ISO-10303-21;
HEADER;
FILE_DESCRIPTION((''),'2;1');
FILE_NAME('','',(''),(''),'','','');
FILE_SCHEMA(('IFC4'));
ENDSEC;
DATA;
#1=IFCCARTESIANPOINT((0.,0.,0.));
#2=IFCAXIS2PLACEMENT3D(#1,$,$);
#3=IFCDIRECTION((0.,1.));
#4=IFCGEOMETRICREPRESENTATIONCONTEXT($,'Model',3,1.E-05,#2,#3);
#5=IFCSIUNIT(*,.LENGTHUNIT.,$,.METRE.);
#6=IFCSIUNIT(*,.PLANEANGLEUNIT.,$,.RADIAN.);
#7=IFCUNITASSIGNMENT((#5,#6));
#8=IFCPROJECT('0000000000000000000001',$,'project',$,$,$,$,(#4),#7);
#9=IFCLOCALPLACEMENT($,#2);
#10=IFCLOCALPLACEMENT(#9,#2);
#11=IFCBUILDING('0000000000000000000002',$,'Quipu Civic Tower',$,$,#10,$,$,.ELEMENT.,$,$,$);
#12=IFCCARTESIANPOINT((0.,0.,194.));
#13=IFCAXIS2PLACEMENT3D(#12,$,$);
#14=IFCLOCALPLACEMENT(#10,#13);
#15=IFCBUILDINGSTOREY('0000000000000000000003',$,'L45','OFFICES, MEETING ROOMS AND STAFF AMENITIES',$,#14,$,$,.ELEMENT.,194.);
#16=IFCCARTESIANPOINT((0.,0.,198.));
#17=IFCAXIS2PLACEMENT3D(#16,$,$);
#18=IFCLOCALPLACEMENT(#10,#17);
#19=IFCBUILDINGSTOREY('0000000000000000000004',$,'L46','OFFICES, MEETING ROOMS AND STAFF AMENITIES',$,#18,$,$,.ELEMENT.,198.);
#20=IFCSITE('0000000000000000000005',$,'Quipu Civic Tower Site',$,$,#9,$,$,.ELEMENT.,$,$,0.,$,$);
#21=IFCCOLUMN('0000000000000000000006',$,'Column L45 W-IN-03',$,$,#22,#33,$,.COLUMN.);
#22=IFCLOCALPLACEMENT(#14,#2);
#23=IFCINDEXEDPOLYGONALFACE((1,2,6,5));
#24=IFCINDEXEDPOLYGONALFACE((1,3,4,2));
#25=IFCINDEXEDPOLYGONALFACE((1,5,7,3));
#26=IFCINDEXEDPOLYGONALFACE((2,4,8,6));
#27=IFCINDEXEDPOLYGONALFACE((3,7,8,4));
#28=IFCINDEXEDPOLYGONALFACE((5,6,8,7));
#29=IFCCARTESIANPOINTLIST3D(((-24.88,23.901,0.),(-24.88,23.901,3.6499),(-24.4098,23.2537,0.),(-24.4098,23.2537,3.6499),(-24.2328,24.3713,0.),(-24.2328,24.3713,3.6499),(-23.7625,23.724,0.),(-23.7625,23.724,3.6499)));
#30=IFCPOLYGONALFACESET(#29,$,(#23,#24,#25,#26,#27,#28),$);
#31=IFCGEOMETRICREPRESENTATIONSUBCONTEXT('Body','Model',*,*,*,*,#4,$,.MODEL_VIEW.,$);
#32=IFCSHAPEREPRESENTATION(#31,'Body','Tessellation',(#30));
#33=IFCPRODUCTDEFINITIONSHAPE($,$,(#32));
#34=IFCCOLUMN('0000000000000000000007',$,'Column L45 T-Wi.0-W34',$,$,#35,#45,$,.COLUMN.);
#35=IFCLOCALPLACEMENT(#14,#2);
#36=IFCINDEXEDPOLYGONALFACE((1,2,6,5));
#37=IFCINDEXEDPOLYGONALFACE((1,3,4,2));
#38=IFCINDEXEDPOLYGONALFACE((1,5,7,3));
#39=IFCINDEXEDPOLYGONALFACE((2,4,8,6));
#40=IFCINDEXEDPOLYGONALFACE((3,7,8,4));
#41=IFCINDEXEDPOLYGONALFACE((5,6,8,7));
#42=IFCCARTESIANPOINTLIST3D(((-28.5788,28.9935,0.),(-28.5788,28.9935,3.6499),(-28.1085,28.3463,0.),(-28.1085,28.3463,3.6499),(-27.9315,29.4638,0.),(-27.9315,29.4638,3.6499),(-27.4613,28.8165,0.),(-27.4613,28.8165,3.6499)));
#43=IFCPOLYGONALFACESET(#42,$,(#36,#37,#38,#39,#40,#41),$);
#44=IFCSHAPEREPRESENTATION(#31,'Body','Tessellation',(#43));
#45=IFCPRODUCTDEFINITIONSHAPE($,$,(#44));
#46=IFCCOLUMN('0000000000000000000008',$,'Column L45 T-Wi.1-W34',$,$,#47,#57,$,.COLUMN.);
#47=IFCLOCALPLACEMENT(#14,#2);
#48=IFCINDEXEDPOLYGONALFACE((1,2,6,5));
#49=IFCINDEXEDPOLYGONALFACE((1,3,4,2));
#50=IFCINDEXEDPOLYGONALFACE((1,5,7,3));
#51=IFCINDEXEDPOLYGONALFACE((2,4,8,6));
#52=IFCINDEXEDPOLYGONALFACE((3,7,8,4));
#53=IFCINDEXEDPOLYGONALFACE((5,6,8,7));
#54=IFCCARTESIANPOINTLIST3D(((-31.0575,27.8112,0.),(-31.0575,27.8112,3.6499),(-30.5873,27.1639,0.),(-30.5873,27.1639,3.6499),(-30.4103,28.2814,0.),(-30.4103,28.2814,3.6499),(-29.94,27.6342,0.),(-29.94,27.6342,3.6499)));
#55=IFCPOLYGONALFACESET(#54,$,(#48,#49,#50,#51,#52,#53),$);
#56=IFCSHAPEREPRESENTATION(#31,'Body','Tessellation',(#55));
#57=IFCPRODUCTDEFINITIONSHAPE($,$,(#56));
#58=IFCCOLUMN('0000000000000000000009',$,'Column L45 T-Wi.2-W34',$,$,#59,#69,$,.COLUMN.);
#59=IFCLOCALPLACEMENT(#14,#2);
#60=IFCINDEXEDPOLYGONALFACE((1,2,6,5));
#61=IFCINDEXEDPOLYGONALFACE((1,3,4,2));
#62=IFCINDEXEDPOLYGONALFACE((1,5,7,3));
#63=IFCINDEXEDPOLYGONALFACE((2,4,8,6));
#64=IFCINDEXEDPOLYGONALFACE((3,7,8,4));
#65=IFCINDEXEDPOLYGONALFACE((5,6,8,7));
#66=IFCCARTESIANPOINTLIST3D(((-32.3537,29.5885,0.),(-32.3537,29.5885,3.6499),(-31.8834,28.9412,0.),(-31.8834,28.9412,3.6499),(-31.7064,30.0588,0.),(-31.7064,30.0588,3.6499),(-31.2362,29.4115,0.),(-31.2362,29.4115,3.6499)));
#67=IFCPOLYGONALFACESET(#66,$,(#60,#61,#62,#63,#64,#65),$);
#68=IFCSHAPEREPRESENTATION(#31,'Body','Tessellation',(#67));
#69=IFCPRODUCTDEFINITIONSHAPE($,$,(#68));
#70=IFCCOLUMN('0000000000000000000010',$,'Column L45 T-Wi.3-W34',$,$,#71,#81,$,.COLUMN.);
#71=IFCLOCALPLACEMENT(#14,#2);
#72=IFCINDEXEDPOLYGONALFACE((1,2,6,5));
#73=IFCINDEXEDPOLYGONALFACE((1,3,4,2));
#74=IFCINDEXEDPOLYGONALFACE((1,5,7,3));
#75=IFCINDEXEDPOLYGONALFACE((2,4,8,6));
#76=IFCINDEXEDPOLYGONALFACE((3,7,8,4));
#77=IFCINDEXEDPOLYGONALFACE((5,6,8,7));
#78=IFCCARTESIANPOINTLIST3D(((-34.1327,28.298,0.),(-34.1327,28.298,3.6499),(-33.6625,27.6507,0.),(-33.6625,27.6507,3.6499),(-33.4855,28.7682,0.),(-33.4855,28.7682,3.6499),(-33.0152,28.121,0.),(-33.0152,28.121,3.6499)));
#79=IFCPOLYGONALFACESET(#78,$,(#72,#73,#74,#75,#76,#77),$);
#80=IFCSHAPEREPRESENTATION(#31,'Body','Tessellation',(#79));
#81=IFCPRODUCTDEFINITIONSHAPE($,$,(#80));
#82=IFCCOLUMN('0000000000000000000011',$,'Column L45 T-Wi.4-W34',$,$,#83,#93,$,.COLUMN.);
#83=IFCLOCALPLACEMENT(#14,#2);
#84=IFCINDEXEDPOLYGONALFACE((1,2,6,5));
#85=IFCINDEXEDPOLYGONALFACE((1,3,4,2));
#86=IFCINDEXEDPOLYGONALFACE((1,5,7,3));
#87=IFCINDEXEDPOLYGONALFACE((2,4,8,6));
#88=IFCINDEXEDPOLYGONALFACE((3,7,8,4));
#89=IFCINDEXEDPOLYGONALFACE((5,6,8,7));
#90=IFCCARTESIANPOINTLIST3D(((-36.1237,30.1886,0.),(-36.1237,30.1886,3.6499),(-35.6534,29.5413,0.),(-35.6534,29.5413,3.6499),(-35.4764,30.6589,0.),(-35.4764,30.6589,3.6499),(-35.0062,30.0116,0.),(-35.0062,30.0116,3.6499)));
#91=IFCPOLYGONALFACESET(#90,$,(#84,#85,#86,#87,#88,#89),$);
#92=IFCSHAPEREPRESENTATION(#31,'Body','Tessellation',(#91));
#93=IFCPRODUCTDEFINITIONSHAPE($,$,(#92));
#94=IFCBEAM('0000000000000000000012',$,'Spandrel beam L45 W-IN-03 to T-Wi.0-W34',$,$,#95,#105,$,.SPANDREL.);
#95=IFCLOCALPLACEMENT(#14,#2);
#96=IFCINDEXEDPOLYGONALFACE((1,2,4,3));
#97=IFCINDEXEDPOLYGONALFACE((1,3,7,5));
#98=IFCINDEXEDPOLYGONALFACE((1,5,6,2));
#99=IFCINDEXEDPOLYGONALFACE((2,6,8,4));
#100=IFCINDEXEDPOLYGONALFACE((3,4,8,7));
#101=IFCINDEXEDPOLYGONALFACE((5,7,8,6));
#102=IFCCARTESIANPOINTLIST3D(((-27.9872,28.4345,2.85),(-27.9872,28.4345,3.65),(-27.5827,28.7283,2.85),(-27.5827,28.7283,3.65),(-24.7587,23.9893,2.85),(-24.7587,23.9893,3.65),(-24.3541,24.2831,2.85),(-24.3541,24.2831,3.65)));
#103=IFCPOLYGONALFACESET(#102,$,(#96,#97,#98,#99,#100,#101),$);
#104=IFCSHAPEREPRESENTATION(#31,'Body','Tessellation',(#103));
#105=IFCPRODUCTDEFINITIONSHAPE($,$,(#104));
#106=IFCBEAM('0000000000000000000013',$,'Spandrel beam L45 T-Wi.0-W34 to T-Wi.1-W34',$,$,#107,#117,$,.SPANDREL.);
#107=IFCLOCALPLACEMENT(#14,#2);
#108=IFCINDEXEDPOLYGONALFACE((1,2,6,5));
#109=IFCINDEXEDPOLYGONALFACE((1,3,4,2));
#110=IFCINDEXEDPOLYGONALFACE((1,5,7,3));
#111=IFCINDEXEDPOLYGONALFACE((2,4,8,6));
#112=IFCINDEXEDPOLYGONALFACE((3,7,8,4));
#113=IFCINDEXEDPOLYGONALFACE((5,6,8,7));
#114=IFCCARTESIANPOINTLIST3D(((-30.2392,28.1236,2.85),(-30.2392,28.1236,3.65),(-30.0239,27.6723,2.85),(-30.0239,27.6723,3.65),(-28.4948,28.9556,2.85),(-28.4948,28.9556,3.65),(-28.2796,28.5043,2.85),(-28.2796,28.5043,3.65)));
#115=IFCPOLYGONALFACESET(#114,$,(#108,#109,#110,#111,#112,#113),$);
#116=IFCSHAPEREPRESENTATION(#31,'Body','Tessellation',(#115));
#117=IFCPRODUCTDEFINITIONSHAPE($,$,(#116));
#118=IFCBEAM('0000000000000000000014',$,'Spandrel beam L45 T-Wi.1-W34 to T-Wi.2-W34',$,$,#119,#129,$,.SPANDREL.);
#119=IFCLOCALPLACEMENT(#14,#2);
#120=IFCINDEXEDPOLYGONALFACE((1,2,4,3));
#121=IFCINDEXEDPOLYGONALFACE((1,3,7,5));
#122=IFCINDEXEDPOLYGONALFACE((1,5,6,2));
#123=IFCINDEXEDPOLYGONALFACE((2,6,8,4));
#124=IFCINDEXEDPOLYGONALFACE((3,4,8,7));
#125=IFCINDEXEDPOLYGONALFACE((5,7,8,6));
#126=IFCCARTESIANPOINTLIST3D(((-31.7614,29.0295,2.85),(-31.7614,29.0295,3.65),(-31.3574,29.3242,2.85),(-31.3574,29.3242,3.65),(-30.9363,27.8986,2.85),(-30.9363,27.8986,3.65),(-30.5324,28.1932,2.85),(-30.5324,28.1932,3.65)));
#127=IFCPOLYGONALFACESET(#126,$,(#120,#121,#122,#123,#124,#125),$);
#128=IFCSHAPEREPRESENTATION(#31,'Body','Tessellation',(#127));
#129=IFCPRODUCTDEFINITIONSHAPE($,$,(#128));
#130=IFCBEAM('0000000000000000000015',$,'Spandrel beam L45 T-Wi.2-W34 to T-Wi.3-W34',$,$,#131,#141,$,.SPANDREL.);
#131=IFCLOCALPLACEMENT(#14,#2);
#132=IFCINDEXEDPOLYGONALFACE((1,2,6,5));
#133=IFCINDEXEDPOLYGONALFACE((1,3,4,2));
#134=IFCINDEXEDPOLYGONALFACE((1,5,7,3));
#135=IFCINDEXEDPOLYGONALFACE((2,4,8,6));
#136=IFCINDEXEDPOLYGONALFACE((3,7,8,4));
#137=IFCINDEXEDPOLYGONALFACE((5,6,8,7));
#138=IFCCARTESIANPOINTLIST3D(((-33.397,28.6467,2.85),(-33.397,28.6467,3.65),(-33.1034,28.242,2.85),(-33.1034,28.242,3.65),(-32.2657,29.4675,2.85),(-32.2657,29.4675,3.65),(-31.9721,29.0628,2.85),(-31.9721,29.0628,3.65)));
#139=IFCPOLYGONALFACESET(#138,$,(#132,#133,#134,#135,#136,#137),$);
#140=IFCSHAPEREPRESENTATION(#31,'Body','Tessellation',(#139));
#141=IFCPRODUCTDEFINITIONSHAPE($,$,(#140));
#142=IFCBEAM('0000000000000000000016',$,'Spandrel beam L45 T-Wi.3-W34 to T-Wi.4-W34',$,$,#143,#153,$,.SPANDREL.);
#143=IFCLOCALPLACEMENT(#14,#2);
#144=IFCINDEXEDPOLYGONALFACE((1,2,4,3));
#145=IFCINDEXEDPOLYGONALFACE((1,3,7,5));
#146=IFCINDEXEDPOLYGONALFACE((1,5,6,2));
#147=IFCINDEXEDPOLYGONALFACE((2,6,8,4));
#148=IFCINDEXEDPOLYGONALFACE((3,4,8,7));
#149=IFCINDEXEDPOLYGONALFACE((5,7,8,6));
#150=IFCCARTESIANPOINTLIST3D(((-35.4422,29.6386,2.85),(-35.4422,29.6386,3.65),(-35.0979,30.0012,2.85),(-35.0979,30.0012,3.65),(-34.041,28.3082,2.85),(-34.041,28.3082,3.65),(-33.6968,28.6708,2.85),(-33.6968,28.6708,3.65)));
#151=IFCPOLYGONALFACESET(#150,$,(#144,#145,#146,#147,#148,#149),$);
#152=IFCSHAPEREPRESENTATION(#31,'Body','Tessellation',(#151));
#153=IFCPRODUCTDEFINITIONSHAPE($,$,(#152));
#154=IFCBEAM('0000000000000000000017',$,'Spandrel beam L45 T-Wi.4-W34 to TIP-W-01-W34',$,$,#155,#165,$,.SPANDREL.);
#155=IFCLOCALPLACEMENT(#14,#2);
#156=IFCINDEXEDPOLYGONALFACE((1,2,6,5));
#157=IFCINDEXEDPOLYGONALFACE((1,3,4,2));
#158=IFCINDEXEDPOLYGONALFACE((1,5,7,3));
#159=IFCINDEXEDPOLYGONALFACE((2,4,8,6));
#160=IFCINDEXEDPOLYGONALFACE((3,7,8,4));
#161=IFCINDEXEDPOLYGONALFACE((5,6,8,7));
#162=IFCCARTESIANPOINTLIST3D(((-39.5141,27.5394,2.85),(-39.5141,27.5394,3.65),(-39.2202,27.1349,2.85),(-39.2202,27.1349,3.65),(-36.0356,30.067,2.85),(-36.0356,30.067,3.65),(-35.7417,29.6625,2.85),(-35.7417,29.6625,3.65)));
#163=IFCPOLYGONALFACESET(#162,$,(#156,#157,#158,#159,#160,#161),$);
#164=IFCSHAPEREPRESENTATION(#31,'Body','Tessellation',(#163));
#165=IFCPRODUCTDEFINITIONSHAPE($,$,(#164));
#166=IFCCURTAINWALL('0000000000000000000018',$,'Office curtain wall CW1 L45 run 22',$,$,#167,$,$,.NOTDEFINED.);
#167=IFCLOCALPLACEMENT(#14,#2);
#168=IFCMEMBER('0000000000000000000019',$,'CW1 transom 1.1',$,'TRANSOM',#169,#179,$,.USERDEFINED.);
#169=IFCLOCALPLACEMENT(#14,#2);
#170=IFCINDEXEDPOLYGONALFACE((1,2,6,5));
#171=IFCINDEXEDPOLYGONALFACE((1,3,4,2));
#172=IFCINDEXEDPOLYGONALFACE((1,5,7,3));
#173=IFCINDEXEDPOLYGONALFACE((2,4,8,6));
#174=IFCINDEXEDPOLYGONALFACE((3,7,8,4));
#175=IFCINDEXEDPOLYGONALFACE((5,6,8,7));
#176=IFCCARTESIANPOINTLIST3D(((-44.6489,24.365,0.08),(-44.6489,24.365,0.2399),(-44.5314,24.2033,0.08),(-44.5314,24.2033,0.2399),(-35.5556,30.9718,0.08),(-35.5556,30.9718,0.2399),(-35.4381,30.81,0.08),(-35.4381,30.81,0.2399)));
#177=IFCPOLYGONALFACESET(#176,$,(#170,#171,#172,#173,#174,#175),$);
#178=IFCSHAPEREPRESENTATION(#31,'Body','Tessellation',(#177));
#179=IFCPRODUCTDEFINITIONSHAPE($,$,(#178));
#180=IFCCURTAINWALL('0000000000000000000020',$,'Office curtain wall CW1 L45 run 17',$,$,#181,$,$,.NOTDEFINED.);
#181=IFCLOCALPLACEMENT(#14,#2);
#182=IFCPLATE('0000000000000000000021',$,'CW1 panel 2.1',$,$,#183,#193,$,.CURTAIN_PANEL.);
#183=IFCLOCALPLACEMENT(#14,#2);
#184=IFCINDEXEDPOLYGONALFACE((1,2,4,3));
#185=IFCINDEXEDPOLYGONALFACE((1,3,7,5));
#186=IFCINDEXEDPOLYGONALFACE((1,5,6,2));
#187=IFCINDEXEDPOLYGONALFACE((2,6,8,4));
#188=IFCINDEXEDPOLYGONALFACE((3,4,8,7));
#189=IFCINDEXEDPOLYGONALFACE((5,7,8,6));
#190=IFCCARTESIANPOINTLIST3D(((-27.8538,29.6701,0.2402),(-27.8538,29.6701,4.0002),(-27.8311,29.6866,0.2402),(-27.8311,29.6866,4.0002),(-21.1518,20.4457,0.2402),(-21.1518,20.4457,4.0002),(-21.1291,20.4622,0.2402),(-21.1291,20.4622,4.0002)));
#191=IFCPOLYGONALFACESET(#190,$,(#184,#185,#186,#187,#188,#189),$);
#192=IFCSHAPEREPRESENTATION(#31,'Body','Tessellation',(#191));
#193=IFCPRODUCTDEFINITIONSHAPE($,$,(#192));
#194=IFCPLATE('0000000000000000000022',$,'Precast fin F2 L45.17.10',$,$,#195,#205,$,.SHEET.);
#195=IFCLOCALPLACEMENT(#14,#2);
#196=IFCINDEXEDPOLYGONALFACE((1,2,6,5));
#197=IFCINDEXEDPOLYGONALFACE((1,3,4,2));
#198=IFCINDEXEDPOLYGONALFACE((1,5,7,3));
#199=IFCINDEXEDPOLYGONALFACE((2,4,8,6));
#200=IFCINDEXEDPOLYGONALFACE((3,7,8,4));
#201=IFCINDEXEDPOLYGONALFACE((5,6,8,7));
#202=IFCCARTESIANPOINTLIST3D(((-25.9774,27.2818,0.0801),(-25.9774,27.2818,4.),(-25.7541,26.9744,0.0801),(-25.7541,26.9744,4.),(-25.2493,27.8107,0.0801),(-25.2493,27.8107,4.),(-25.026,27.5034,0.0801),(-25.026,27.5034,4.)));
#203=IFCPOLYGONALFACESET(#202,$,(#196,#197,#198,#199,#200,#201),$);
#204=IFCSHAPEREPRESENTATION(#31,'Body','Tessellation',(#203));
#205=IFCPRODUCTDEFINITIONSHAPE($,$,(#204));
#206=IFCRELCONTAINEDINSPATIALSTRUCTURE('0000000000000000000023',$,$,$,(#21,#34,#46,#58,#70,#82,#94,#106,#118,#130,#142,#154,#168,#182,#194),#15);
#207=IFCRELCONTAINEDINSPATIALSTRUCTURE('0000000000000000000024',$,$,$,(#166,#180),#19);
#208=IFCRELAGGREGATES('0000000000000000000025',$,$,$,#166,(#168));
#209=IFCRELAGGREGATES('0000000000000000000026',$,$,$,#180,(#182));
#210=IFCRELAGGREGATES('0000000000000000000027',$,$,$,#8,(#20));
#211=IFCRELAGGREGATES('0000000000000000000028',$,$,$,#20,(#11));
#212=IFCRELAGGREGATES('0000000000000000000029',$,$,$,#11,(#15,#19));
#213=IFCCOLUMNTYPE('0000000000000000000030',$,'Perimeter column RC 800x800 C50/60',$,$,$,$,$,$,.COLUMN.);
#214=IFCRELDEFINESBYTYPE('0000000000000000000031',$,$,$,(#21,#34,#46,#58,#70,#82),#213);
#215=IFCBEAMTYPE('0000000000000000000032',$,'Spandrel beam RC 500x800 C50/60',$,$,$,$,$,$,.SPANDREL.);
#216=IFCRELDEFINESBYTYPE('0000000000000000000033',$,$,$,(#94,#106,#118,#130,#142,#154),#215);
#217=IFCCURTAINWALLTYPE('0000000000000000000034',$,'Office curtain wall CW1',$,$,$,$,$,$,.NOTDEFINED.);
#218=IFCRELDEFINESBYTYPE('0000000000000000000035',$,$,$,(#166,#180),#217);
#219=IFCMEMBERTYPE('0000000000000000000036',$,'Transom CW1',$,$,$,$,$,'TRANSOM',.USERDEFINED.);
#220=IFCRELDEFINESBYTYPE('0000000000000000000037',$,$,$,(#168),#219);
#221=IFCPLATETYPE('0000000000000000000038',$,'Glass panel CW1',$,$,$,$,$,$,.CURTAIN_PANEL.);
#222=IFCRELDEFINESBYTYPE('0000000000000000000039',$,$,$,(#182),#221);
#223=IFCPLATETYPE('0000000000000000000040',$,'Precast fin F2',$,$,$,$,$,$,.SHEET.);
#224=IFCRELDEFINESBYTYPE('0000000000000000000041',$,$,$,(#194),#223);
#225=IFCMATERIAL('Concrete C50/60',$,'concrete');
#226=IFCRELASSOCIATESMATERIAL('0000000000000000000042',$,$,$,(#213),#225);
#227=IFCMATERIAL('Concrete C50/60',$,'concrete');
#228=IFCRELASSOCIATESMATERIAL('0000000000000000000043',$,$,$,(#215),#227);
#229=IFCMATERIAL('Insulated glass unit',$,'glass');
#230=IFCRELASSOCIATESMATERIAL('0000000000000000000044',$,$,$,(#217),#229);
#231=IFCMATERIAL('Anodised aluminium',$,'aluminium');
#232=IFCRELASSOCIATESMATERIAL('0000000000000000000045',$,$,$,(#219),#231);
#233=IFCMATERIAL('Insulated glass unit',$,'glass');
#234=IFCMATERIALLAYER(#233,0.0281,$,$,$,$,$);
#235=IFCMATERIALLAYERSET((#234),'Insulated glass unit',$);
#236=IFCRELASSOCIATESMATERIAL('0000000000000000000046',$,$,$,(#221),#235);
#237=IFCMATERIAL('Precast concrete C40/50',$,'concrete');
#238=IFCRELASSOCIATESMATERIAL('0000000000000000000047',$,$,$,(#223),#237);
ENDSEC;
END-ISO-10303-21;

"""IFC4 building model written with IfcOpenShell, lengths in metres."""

from ifc_helpers import new_model, si_unit, direction, frame, origin, origin_2d, place, context, subcontext, project, spatial, rectangle, extrude, material, layer, layer_set, material_profile, profile_set, type_object, element, aggregate, save


model = new_model("IFC4")

# Units and contexts
model_context = context("Model", 3, precision=1e-05, world=origin(), true_north=direction((0.0, 1.0)))
body_context = subcontext(model_context, "Body", "Model", "MODEL_VIEW")
ifc_project = project(units=[si_unit("LENGTHUNIT", "METRE"), si_unit("PLANEANGLEUNIT", "RADIAN")], contexts=[model_context])

# Site, building, storey
site_placement = place(None, origin())
site = spatial("IfcSite", under=ifc_project, at=site_placement, Name="Quipu Civic Tower Site", CompositionType="ELEMENT", RefElevation=0.0)
building_placement = place(site_placement, origin())
building = spatial("IfcBuilding", under=site, at=building_placement, Name="Quipu Civic Tower", CompositionType="ELEMENT")
storey_1_placement = place(building_placement, frame((0.0, 0.0, 194.0)))
storey_1 = spatial("IfcBuildingStorey", under=building, at=storey_1_placement, Name="L45", Description="OFFICES, MEETING ROOMS AND STAFF AMENITIES", CompositionType="ELEMENT", Elevation=194.0)

# Columns
ifc_material_1 = material(Name="Concrete C50/60", Category="concrete")
ifc_material_profile_1 = material_profile(ifc_material_1, rectangle(XDim=0.8, YDim=0.8, at=origin_2d()), Name="RC800x800")
ifc_profile_set_1 = profile_set([ifc_material_profile_1], Name="Concrete C50/60")
column_type = type_object("IfcColumnType", Name="Perimeter column RC 800x800 C50/60", PredefinedType="COLUMN", material=ifc_profile_set_1)
for number, where, z_axis, x_axis, name in (
    (1, (-24.3213, 23.8125, 0.0), (0.0, 0.0, 1.0), (-0.587785, 0.809017, 0.0), "Column L45 W-IN-03"),
    (2, (-28.02, 28.905, 0.0), (0.0, 0.0, 1.0), (-0.809017, -0.587785, 0.0), "Column L45 T-Wi.0-W34"),
    (3, (-30.4988, 27.7227, 0.0), (0.0, 0.0, 1.0), (-0.809017, -0.587785, 0.0), "Column L45 T-Wi.1-W34"),
    (4, (-31.7949, 29.5, 0.0), (0.0, 0.0, 1.0), (-0.587785, 0.809017, 0.0), "Column L45 T-Wi.2-W34"),
    (5, (-33.574, 28.2095, 0.0), (0.0, 0.0, 1.0), (-0.587785, 0.809017, 0.0), "Column L45 T-Wi.3-W34"),
    (6, (-35.5649, 30.1001, 0.0), (0.0, 0.0, 1.0), (-0.809017, -0.587785, 0.0), "Column L45 T-Wi.4-W34"),
):
    element("IfcColumn", number, at=place(storey_1_placement, frame(where, z_axis=z_axis, x_axis=x_axis)), inside=storey_1, type_object=column_type, Name=name, PredefinedType="COLUMN", context=body_context, shape_type="SweptSolid", body=[
        extrude(rectangle(XDim=0.8, YDim=0.8, at=origin_2d()), origin(), (0.0, 0.0, 1.0), 3.6499),
    ])

# Beams
ifc_material_2 = material(Name="Concrete C50/60", Category="concrete")
ifc_material_profile_2 = material_profile(ifc_material_2, rectangle(XDim=0.5, YDim=0.8, at=origin_2d()), Name="RC500x800")
ifc_profile_set_2 = profile_set([ifc_material_profile_2], Name="Concrete C50/60")
beam_type = type_object("IfcBeamType", Name="Spandrel beam RC 500x800 C50/60", PredefinedType="SPANDREL", material=ifc_profile_set_2)
beam_1_placement = place(storey_1_placement, frame((-24.5564, 24.1362, 3.25), z_axis=(-0.587664, 0.809105, 0.0), x_axis=(-0.809105, -0.587664, 0.0)))
element("IfcBeam", 7, at=beam_1_placement, inside=storey_1, type_object=beam_type, Name="Spandrel beam L45 W-IN-03 to T-Wi.0-W34", PredefinedType="SPANDREL", context=body_context, shape_type="SweptSolid", body=[
    extrude(rectangle(XDim=0.5, YDim=0.8, at=origin_2d()), origin(), (0.0, 0.0, 1.0), 5.4939),
])
beam_2_placement = place(storey_1_placement, frame((-28.3872, 28.73, 3.25), z_axis=(-0.902585, -0.430512, 0.0), x_axis=(0.430512, -0.902585, 0.0)))
element("IfcBeam", 8, at=beam_2_placement, inside=storey_1, type_object=beam_type, Name="Spandrel beam L45 T-Wi.0-W34 to T-Wi.1-W34", PredefinedType="SPANDREL", context=body_context, shape_type="SweptSolid", body=[
    extrude(rectangle(XDim=0.5, YDim=0.8, at=origin_2d()), origin(), (0.0, 0.0, 1.0), 1.9326),
])
beam_3_placement = place(storey_1_placement, frame((-30.7344, 28.0459, 3.25), z_axis=(-0.589343, 0.807883, 0.0), x_axis=(-0.807883, -0.589343, 0.0)))
element("IfcBeam", 9, at=beam_3_placement, inside=storey_1, type_object=beam_type, Name="Spandrel beam L45 T-Wi.1-W34 to T-Wi.2-W34", PredefinedType="SPANDREL", context=body_context, shape_type="SweptSolid", body=[
    extrude(rectangle(XDim=0.5, YDim=0.8, at=origin_2d()), origin(), (0.0, 0.0, 1.0), 1.3999),
])
beam_4_placement = place(storey_1_placement, frame((-32.1189, 29.2651, 3.25), z_axis=(-0.809415, -0.587237, 0.0), x_axis=(0.587237, -0.809415, 0.0)))
element("IfcBeam", 10, at=beam_4_placement, inside=storey_1, type_object=beam_type, Name="Spandrel beam L45 T-Wi.2-W34 to T-Wi.3-W34", PredefinedType="SPANDREL", context=body_context, shape_type="SweptSolid", body=[
    extrude(rectangle(XDim=0.5, YDim=0.8, at=origin_2d()), origin(), (0.0, 0.0, 1.0), 1.3977),
])
beam_5_placement = place(storey_1_placement, frame((-33.8689, 28.4895, 3.25), z_axis=(-0.725192, 0.688547, 0.0), x_axis=(-0.688547, -0.725192, 0.0)))
element("IfcBeam", 11, at=beam_5_placement, inside=storey_1, type_object=beam_type, Name="Spandrel beam L45 T-Wi.3-W34 to T-Wi.4-W34", PredefinedType="SPANDREL", context=body_context, shape_type="SweptSolid", body=[
    extrude(rectangle(XDim=0.5, YDim=0.8, at=origin_2d()), origin(), (0.0, 0.0, 1.0), 1.9321),
])
beam_6_placement = place(storey_1_placement, frame((-35.8887, 29.8647, 3.25), z_axis=(-0.808984, -0.587831, 0.0), x_axis=(0.587831, -0.808984, 0.0)))
element("IfcBeam", 12, at=beam_6_placement, inside=storey_1, type_object=beam_type, Name="Spandrel beam L45 T-Wi.4-W34 to TIP-W-01-W34", PredefinedType="SPANDREL", context=body_context, shape_type="SweptSolid", body=[
    extrude(rectangle(XDim=0.5, YDim=0.8, at=origin_2d()), origin(), (0.0, 0.0, 1.0), 4.2998),
])

# Shared definitions
storey_2_placement = place(building_placement, frame((0.0, 0.0, 198.0)))
storey_2 = spatial("IfcBuildingStorey", under=building, at=storey_2_placement, Name="L46", Description="OFFICES, MEETING ROOMS AND STAFF AMENITIES", CompositionType="ELEMENT", Elevation=198.0)

# Curtain wall, member
ifc_material_3 = material(Name="Insulated glass unit", Category="glass")
curtain_wall_type = type_object("IfcCurtainWallType", Name="Office curtain wall CW1", PredefinedType="NOTDEFINED", material=ifc_material_3)
curtain_wall_1_placement = place(storey_2_placement, origin())
curtain_wall_1 = element("IfcCurtainWall", 13, at=curtain_wall_1_placement, inside=storey_2, type_object=curtain_wall_type, Name="Office curtain wall CW1 L45 run 22", PredefinedType="NOTDEFINED")
ifc_material_4 = material(Name="Anodised aluminium", Category="aluminium")
ifc_material_profile_3 = material_profile(ifc_material_4, rectangle(XDim=0.2, YDim=0.1599, at=origin_2d()), Name="RECT 200x160")
ifc_profile_set_3 = profile_set([ifc_material_profile_3], Name="Anodised aluminium")
member_type = type_object("IfcMemberType", Name="Transom CW1", ElementType="TRANSOM", PredefinedType="USERDEFINED", material=ifc_profile_set_3)
member_placement = place(storey_1_placement, frame((-35.4968, 30.8909, 0.1599), z_axis=(-0.809015, -0.587788, 0.0), x_axis=(0.587788, -0.809015, 0.0)))
member = element("IfcMember", 14, at=member_placement, inside=storey_1, type_object=member_type, Name="CW1 transom 1.1", ObjectType="TRANSOM", PredefinedType="USERDEFINED", context=body_context, shape_type="SweptSolid", body=[
    extrude(rectangle(XDim=0.2, YDim=0.1599, at=origin_2d()), origin(), (0.0, 0.0, 1.0), 11.24),
])
aggregate(curtain_wall_1, [member])

# Curtain wall, plate
curtain_wall_2_placement = place(storey_2_placement, origin())
curtain_wall_2 = element("IfcCurtainWall", 15, at=curtain_wall_2_placement, inside=storey_2, type_object=curtain_wall_type, Name="Office curtain wall CW1 L45 run 17", PredefinedType="NOTDEFINED")
ifc_material_5 = material(Name="Insulated glass unit", Category="glass")
ifc_layer_1 = layer(ifc_material_5, 0.0281)
ifc_layer_set_1 = layer_set([ifc_layer_1], Name="Insulated glass unit")
plate_type_1 = type_object("IfcPlateType", Name="Glass panel CW1", PredefinedType="CURTAIN_PANEL", material=ifc_layer_set_1)
plate_placement = place(storey_1_placement, frame((-24.4915, 25.0662, 0.2402), z_axis=(0.0, 0.0, 1.0), x_axis=(-0.587789, 0.809014, 0.0)))
plate = element("IfcPlate", 16, at=plate_placement, inside=storey_1, type_object=plate_type_1, Name="CW1 panel 2.1", PredefinedType="CURTAIN_PANEL", context=body_context, shape_type="SweptSolid", body=[
    extrude(rectangle(XDim=11.4021, YDim=0.0281, at=origin_2d()), origin(), (0.0, 0.0, 1.0), 3.76),
])
aggregate(curtain_wall_2, [plate])

# Plate
ifc_material_6 = material(Name="Precast concrete C40/50", Category="concrete")
plate_type_2 = type_object("IfcPlateType", Name="Precast fin F2", PredefinedType="SHEET", material=ifc_material_6)
for number, where, z_axis, x_axis, name in (
    (17, (-25.5017, 27.3926, 0.0801), (0.0, 0.0, 1.0), (-0.587787, 0.809016, 0.0), "Precast fin F2 L45.17.10"),
):
    element("IfcPlate", number, at=place(storey_1_placement, frame(where, z_axis=z_axis, x_axis=x_axis)), inside=storey_1, type_object=plate_type_2, Name=name, PredefinedType="SHEET", context=body_context, shape_type="SweptSolid", body=[
        extrude(rectangle(XDim=0.3799, YDim=0.8999, at=origin_2d()), origin(), (0.0, 0.0, 1.0), 3.9199),
    ])

save(model, "model.ifc")
